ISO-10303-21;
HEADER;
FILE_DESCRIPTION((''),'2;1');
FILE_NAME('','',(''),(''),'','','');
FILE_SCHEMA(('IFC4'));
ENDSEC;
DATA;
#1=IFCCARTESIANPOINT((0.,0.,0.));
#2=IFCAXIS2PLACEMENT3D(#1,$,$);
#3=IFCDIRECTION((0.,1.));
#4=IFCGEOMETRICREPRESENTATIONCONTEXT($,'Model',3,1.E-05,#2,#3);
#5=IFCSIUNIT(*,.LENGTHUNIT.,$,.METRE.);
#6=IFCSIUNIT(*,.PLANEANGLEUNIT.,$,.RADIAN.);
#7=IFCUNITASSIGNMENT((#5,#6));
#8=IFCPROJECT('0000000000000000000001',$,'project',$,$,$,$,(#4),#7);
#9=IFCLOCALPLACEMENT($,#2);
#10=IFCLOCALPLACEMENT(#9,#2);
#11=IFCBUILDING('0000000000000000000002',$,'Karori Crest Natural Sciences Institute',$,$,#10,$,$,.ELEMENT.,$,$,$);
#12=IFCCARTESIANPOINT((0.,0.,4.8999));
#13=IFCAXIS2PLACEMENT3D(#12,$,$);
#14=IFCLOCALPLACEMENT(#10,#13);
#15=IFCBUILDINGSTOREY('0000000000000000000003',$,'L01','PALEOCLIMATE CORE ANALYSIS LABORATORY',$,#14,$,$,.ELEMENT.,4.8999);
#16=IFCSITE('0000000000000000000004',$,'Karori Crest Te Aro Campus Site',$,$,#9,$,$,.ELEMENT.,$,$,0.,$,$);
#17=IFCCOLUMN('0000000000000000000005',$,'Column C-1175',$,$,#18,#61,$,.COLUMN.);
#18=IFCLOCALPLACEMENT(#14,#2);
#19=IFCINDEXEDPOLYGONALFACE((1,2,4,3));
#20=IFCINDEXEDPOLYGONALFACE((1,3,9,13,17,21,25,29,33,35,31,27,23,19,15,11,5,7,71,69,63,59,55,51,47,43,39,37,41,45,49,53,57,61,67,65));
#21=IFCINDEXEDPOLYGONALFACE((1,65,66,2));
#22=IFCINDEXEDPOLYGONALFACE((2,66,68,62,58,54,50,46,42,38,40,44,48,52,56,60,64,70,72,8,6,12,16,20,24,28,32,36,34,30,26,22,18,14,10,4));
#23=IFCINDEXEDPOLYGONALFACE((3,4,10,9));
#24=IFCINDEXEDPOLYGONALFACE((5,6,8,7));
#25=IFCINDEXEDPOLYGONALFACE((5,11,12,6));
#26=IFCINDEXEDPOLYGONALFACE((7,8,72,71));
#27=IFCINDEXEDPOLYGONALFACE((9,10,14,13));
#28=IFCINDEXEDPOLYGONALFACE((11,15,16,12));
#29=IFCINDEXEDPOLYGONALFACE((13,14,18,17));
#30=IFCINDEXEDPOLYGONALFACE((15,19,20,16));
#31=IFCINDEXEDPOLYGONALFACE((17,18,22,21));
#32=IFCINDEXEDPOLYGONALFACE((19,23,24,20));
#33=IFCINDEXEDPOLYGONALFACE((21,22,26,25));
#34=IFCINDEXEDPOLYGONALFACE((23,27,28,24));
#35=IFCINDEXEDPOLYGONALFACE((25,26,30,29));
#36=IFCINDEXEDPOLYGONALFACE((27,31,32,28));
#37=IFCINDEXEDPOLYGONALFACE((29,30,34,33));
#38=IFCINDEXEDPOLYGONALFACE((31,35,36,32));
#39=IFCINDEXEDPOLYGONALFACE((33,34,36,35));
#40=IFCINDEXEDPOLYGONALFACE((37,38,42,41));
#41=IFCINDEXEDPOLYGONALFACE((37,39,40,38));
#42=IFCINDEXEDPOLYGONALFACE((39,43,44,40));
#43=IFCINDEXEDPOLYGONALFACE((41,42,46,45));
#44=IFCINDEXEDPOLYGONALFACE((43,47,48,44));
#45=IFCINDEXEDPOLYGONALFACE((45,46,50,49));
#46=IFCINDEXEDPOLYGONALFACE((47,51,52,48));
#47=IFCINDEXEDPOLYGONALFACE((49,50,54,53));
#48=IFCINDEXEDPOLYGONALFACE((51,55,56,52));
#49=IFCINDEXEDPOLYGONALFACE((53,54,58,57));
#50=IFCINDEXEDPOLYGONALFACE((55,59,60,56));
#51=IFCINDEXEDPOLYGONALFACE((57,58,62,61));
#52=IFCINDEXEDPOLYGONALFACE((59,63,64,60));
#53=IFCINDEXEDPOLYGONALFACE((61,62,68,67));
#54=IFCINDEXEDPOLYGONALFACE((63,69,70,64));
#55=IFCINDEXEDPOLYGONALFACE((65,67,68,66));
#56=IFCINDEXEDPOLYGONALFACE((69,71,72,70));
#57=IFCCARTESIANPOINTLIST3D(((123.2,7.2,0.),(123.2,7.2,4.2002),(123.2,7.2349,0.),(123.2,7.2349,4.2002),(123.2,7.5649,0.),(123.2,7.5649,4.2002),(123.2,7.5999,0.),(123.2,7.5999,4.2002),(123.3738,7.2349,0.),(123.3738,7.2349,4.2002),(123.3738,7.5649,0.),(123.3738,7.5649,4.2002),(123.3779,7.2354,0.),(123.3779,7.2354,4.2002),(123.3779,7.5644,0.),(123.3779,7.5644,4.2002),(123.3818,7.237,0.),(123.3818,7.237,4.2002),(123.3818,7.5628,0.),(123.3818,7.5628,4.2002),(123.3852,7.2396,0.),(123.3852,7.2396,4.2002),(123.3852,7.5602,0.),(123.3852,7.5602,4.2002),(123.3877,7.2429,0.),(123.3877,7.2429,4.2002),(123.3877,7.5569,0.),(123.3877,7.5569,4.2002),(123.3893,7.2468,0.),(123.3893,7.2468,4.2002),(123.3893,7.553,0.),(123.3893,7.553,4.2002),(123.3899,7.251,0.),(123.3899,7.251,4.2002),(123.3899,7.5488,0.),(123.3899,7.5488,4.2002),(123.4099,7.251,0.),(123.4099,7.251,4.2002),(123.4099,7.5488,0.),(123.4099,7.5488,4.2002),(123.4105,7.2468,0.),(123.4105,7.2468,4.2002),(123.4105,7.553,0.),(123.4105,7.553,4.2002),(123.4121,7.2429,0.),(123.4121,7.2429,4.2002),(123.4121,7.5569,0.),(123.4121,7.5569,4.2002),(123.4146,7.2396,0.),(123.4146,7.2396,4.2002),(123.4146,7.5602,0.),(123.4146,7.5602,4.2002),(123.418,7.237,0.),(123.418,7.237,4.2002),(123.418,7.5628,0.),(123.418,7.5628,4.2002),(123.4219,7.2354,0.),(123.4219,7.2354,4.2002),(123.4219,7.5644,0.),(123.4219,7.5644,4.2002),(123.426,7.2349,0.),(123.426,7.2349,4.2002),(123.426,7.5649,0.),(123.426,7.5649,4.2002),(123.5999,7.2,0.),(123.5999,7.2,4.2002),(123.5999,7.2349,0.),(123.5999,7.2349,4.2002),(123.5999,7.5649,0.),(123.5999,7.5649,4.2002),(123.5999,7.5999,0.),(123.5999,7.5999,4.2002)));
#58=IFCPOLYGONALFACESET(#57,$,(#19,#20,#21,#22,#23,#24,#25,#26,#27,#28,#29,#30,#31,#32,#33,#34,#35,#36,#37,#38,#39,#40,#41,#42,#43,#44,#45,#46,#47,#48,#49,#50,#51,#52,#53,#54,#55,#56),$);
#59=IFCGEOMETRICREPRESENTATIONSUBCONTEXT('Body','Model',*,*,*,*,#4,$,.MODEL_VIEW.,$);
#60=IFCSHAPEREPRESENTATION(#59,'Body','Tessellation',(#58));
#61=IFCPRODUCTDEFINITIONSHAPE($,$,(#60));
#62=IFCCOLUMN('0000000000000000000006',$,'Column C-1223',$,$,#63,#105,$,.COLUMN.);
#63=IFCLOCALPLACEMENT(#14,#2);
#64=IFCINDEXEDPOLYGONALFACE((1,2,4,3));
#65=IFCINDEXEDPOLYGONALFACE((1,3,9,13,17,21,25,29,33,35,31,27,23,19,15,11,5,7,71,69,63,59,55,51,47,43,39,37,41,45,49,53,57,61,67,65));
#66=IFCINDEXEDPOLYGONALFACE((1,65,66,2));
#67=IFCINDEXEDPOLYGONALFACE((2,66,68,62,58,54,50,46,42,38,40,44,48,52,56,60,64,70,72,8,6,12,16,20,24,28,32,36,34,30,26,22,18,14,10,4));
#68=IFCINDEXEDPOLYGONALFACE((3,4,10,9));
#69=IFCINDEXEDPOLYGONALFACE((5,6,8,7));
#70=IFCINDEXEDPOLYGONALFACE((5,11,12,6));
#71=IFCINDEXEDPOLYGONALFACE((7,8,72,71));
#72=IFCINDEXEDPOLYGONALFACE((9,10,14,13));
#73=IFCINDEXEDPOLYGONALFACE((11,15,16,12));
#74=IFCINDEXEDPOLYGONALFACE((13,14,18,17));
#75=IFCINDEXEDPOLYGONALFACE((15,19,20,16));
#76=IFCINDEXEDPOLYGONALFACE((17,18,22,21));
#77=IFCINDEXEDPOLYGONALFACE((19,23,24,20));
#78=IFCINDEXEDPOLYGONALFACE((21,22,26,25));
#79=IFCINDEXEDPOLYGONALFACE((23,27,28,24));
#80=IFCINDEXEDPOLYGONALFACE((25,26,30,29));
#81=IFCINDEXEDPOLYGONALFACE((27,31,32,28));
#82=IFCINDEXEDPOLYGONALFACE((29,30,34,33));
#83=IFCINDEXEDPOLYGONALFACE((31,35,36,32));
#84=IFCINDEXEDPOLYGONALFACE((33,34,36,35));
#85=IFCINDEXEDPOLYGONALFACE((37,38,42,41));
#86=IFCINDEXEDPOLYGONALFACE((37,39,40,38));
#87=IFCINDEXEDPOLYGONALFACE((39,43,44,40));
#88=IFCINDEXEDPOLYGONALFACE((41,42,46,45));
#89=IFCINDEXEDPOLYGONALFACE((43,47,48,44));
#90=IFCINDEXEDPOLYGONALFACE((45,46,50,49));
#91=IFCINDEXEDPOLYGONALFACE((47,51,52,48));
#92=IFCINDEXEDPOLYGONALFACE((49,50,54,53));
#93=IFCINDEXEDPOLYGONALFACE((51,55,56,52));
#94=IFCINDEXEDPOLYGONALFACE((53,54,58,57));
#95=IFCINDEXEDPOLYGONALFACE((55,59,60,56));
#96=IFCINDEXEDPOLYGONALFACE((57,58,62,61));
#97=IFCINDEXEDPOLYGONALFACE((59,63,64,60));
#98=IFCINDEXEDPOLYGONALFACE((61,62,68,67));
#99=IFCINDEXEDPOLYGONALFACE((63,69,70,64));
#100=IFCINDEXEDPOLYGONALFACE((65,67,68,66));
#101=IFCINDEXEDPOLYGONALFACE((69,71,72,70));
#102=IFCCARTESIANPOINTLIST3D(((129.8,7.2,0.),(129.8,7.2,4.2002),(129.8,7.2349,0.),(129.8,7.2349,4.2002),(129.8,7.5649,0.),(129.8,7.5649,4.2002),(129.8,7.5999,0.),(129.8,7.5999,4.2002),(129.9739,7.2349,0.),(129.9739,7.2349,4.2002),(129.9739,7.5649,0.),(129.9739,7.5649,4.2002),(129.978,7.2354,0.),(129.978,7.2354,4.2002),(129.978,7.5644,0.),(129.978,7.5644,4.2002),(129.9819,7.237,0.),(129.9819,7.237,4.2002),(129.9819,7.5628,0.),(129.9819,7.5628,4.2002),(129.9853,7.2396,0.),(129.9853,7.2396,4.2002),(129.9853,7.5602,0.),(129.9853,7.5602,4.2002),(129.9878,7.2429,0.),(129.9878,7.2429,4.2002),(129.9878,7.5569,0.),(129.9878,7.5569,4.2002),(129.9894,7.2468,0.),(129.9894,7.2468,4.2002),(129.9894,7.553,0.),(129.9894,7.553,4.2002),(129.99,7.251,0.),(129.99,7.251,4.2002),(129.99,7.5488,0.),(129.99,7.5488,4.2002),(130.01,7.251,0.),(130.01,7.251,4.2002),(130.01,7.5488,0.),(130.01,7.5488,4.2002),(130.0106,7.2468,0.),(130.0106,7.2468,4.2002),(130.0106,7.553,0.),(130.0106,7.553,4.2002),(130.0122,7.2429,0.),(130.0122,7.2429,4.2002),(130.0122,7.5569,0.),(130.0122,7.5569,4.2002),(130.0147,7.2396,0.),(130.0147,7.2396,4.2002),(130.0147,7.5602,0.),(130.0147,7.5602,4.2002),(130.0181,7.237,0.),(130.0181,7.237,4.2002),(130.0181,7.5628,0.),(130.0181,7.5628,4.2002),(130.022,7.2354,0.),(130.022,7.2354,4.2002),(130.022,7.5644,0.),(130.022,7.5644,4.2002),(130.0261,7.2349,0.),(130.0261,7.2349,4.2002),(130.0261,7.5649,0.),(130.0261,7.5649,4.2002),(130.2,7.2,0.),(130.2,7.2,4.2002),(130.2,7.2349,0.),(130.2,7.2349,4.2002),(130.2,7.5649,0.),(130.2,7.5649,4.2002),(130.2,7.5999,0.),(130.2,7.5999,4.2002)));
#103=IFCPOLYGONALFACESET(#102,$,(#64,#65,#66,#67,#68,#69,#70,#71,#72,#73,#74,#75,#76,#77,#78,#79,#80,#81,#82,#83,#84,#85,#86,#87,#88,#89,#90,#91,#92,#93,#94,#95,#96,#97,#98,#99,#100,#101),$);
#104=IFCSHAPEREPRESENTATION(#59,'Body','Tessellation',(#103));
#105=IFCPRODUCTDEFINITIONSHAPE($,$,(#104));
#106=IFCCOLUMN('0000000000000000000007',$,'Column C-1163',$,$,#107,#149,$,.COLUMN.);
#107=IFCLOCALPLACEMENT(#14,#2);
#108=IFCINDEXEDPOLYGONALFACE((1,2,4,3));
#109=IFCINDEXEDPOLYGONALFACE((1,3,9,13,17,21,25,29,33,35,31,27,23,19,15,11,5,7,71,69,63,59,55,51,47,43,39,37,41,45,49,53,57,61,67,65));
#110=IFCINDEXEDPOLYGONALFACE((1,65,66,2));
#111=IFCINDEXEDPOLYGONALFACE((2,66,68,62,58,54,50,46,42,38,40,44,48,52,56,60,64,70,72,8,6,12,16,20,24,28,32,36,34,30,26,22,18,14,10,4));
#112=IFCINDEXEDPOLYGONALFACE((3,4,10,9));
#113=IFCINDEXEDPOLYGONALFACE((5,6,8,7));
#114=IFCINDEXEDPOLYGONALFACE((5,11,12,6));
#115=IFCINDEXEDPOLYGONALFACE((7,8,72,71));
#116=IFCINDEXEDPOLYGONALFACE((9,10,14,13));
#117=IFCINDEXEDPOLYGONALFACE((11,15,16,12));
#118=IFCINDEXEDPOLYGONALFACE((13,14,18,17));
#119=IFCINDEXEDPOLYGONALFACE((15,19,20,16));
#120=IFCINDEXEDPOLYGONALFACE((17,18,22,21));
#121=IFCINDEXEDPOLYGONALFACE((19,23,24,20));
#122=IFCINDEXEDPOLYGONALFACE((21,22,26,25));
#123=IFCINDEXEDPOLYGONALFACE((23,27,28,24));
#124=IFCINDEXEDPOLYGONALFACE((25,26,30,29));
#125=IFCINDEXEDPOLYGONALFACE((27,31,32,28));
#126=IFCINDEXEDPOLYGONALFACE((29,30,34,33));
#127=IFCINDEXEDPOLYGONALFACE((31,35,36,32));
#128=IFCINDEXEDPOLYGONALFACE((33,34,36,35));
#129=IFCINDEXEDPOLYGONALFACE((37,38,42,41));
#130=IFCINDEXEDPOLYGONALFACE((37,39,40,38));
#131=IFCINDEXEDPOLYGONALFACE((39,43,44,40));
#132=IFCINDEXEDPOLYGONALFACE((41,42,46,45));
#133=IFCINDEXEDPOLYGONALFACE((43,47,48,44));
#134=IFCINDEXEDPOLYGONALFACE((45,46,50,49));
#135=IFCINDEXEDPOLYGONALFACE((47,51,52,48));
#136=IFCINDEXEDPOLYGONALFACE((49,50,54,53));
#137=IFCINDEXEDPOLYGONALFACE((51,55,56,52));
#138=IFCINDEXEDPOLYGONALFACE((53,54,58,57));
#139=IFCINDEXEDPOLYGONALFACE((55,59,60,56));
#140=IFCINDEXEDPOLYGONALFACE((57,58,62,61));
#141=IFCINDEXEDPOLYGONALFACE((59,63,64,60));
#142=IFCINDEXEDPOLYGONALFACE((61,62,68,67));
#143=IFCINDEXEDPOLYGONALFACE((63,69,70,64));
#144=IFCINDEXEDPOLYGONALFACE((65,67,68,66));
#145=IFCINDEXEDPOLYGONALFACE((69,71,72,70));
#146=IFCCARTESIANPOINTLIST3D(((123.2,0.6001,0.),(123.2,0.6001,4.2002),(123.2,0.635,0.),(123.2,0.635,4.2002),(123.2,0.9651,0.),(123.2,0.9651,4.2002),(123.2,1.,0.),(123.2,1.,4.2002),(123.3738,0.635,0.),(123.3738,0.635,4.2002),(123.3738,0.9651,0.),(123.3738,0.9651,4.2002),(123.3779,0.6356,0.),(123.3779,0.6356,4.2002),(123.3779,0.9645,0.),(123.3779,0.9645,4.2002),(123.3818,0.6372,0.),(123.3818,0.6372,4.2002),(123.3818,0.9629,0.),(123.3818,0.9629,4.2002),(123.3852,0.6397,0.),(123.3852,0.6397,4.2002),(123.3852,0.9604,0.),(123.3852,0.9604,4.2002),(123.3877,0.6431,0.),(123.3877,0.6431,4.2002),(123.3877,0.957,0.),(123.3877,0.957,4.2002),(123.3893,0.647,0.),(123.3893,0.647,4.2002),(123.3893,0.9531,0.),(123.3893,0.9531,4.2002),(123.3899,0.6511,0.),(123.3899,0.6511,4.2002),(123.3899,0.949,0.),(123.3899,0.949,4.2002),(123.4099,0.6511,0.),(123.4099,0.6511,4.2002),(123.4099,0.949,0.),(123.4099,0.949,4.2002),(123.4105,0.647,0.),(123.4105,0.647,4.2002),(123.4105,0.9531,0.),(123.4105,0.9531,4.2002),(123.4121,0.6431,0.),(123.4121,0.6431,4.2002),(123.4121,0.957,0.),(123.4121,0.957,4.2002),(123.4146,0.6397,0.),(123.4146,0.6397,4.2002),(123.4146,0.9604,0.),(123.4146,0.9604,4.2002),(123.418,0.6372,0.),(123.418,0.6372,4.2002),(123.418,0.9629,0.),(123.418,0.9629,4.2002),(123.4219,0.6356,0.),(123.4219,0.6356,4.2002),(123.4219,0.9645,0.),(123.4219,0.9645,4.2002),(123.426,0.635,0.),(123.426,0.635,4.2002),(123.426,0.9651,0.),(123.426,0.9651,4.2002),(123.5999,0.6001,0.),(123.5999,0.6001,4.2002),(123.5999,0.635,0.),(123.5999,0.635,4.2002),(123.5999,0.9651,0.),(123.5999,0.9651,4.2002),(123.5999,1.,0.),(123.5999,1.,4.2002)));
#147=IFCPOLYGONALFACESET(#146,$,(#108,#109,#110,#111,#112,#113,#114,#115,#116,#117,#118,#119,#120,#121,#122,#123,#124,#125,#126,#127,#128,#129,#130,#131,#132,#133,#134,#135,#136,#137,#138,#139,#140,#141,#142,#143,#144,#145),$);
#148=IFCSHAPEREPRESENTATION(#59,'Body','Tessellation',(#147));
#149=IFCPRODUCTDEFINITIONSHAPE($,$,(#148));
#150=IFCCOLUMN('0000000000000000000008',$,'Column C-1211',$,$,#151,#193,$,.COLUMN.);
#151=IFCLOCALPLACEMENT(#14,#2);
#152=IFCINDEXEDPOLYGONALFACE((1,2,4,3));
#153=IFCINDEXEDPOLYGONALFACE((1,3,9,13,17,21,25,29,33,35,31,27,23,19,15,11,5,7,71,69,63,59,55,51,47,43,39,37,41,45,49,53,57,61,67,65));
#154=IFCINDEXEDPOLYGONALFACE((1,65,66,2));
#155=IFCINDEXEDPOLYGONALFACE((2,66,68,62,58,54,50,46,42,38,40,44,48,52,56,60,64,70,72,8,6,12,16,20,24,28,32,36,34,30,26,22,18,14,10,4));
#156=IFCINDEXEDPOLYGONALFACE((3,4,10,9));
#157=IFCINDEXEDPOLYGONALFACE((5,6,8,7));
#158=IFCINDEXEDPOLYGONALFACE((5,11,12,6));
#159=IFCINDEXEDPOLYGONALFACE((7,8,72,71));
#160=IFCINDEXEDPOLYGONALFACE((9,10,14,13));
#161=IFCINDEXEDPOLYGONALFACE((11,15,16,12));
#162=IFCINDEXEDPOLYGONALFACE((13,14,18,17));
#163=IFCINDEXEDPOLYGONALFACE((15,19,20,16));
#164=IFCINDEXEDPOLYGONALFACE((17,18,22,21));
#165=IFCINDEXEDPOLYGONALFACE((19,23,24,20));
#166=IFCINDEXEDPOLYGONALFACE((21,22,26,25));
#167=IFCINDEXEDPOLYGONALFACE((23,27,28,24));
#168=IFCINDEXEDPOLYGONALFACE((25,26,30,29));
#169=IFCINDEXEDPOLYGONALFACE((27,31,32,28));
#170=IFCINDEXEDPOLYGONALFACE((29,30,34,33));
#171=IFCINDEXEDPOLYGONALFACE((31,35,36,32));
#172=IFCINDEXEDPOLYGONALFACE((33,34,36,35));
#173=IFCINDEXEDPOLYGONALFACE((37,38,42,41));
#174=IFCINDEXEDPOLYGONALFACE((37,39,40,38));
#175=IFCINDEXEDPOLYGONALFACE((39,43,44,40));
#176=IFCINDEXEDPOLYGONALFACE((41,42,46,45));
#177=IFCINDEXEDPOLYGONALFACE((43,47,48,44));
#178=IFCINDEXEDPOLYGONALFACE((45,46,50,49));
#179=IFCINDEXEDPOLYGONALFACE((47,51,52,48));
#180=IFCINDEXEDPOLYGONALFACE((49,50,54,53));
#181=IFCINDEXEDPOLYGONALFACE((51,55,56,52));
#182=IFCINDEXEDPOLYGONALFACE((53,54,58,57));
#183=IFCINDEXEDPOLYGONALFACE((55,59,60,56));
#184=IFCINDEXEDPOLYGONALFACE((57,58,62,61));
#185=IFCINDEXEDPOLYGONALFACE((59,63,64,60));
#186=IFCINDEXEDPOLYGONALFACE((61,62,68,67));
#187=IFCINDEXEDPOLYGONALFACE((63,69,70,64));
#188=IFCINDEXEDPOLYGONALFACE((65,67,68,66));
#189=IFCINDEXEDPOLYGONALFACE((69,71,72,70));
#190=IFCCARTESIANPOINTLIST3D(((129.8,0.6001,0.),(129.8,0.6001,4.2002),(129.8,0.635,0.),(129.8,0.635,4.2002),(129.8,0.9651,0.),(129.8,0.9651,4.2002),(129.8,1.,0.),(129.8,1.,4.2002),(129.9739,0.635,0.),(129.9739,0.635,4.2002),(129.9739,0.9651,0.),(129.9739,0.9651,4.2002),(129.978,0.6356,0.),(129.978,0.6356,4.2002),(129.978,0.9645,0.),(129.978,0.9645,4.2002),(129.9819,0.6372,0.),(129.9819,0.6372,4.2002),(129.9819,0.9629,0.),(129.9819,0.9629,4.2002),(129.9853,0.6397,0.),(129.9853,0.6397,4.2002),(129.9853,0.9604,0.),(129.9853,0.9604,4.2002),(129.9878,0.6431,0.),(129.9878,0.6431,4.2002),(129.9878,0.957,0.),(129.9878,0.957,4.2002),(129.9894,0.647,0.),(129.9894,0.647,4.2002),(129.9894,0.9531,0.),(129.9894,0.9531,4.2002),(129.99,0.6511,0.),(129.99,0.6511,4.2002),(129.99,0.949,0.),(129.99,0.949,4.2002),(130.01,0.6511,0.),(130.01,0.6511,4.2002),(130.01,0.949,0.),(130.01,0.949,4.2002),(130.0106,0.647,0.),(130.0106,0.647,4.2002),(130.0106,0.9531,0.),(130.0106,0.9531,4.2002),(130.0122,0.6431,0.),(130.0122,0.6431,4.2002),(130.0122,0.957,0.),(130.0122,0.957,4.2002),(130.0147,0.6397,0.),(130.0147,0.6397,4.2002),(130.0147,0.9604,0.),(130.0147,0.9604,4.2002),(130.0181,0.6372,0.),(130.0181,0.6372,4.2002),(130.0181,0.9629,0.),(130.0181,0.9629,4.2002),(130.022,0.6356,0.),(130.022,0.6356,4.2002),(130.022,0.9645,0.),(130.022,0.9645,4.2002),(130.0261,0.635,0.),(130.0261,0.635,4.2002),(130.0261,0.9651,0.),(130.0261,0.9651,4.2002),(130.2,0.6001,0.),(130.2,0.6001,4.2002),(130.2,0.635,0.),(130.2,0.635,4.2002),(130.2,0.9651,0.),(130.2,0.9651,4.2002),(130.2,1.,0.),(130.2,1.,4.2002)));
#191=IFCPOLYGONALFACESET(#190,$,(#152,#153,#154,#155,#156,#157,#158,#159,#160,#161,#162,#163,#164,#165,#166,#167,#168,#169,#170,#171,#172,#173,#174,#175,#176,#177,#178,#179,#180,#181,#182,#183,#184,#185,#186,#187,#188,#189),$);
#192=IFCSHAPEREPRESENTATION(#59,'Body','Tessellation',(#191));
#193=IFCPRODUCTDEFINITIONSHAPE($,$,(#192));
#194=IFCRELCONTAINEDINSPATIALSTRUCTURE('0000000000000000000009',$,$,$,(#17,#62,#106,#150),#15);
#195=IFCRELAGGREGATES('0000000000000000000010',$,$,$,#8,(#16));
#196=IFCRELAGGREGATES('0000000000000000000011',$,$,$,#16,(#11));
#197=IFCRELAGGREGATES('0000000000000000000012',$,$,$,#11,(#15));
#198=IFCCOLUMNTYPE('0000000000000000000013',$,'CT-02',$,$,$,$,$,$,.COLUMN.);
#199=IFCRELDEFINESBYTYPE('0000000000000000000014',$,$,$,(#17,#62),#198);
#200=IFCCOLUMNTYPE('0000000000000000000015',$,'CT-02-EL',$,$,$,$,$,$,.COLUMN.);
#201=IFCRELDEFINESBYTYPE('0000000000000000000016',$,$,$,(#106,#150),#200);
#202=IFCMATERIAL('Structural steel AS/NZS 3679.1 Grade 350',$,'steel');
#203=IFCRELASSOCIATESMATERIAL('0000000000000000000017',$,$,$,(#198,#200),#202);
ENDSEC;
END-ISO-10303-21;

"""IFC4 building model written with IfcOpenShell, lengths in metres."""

from ifc_helpers import new_model, si_unit, direction, frame, origin, origin_2d, place, context, subcontext, project, spatial, i_section, extrude, material, material_profile, profile_set, type_object, element, save


model = new_model("IFC4")

# Units and contexts
model_context = context("Model", 3, precision=1e-05, world=origin(), true_north=direction((0.0, 1.0)))
body_context = subcontext(model_context, "Body", "Model", "MODEL_VIEW")
ifc_project = project(units=[si_unit("LENGTHUNIT", "METRE"), si_unit("PLANEANGLEUNIT", "RADIAN")], contexts=[model_context])

# Site, building, storey
site_placement = place(None, origin())
site = spatial("IfcSite", under=ifc_project, at=site_placement, Name="Karori Crest Te Aro Campus Site", CompositionType="ELEMENT", RefElevation=0.0)
building_placement = place(site_placement, origin())
building = spatial("IfcBuilding", under=site, at=building_placement, Name="Karori Crest Natural Sciences Institute", CompositionType="ELEMENT")
storey_placement = place(building_placement, frame((0.0, 0.0, 4.8999)))
storey = spatial("IfcBuildingStorey", under=building, at=storey_placement, Name="L01", Description="PALEOCLIMATE CORE ANALYSIS LABORATORY", CompositionType="ELEMENT", Elevation=4.8999)

# Columns
ifc_material_1 = material(Name="Structural steel AS/NZS 3679.1 Grade 350", Category="steel")
ifc_material_profile_1 = material_profile(ifc_material_1, i_section(OverallWidth=0.3999, OverallDepth=0.3999, WebThickness=0.02, FlangeThickness=0.0349, FilletRadius=0.0161, at=origin_2d()), Name="400WC328")
ifc_profile_set_1 = profile_set([ifc_material_profile_1], Name="Structural steel AS/NZS 3679.1 Grade 350")
column_type_1 = type_object("IfcColumnType", Name="CT-02", PredefinedType="COLUMN", material=ifc_profile_set_1)
for number, where, z_axis, x_axis, name in (
    (1, (123.3999, 7.3999, 0.0), (0.0, 0.0, 1.0), (1.0, 0.0, 0.0), "Column C-1175"),
    (2, (130.0, 7.3999, 0.0), (0.0, 0.0, 1.0), (1.0, 0.0, 0.0), "Column C-1223"),
):
    element("IfcColumn", number, at=place(storey_placement, frame(where, z_axis=z_axis, x_axis=x_axis)), inside=storey, type_object=column_type_1, Name=name, PredefinedType="COLUMN", context=body_context, shape_type="SweptSolid", body=[
        extrude(i_section(OverallWidth=0.3999, OverallDepth=0.3999, WebThickness=0.02, FlangeThickness=0.0349, FilletRadius=0.0161, at=origin_2d()), origin(), (0.0, 0.0, 1.0), 4.2002),
    ])
ifc_material_profile_2 = material_profile(ifc_material_1, i_section(OverallWidth=0.3999, OverallDepth=0.3999, WebThickness=0.02, FlangeThickness=0.0349, FilletRadius=0.0161, at=origin_2d()), Name="400WC328")
ifc_profile_set_2 = profile_set([ifc_material_profile_2], Name="Structural steel AS/NZS 3679.1 Grade 350")
column_type_2 = type_object("IfcColumnType", Name="CT-02-EL", PredefinedType="COLUMN", material=ifc_profile_set_2)
for number, where, z_axis, x_axis, name in (
    (3, (123.3999, 0.8, 0.0), (0.0, 0.0, 1.0), (1.0, 0.0, 0.0), "Column C-1163"),
    (4, (130.0, 0.8, 0.0), (0.0, 0.0, 1.0), (1.0, 0.0, 0.0), "Column C-1211"),
):
    element("IfcColumn", number, at=place(storey_placement, frame(where, z_axis=z_axis, x_axis=x_axis)), inside=storey, type_object=column_type_2, Name=name, PredefinedType="COLUMN", context=body_context, shape_type="SweptSolid", body=[
        extrude(i_section(OverallWidth=0.3999, OverallDepth=0.3999, WebThickness=0.02, FlangeThickness=0.0349, FilletRadius=0.0161, at=origin_2d()), origin(), (0.0, 0.0, 1.0), 4.2002),
    ])

save(model, "model.ifc")
